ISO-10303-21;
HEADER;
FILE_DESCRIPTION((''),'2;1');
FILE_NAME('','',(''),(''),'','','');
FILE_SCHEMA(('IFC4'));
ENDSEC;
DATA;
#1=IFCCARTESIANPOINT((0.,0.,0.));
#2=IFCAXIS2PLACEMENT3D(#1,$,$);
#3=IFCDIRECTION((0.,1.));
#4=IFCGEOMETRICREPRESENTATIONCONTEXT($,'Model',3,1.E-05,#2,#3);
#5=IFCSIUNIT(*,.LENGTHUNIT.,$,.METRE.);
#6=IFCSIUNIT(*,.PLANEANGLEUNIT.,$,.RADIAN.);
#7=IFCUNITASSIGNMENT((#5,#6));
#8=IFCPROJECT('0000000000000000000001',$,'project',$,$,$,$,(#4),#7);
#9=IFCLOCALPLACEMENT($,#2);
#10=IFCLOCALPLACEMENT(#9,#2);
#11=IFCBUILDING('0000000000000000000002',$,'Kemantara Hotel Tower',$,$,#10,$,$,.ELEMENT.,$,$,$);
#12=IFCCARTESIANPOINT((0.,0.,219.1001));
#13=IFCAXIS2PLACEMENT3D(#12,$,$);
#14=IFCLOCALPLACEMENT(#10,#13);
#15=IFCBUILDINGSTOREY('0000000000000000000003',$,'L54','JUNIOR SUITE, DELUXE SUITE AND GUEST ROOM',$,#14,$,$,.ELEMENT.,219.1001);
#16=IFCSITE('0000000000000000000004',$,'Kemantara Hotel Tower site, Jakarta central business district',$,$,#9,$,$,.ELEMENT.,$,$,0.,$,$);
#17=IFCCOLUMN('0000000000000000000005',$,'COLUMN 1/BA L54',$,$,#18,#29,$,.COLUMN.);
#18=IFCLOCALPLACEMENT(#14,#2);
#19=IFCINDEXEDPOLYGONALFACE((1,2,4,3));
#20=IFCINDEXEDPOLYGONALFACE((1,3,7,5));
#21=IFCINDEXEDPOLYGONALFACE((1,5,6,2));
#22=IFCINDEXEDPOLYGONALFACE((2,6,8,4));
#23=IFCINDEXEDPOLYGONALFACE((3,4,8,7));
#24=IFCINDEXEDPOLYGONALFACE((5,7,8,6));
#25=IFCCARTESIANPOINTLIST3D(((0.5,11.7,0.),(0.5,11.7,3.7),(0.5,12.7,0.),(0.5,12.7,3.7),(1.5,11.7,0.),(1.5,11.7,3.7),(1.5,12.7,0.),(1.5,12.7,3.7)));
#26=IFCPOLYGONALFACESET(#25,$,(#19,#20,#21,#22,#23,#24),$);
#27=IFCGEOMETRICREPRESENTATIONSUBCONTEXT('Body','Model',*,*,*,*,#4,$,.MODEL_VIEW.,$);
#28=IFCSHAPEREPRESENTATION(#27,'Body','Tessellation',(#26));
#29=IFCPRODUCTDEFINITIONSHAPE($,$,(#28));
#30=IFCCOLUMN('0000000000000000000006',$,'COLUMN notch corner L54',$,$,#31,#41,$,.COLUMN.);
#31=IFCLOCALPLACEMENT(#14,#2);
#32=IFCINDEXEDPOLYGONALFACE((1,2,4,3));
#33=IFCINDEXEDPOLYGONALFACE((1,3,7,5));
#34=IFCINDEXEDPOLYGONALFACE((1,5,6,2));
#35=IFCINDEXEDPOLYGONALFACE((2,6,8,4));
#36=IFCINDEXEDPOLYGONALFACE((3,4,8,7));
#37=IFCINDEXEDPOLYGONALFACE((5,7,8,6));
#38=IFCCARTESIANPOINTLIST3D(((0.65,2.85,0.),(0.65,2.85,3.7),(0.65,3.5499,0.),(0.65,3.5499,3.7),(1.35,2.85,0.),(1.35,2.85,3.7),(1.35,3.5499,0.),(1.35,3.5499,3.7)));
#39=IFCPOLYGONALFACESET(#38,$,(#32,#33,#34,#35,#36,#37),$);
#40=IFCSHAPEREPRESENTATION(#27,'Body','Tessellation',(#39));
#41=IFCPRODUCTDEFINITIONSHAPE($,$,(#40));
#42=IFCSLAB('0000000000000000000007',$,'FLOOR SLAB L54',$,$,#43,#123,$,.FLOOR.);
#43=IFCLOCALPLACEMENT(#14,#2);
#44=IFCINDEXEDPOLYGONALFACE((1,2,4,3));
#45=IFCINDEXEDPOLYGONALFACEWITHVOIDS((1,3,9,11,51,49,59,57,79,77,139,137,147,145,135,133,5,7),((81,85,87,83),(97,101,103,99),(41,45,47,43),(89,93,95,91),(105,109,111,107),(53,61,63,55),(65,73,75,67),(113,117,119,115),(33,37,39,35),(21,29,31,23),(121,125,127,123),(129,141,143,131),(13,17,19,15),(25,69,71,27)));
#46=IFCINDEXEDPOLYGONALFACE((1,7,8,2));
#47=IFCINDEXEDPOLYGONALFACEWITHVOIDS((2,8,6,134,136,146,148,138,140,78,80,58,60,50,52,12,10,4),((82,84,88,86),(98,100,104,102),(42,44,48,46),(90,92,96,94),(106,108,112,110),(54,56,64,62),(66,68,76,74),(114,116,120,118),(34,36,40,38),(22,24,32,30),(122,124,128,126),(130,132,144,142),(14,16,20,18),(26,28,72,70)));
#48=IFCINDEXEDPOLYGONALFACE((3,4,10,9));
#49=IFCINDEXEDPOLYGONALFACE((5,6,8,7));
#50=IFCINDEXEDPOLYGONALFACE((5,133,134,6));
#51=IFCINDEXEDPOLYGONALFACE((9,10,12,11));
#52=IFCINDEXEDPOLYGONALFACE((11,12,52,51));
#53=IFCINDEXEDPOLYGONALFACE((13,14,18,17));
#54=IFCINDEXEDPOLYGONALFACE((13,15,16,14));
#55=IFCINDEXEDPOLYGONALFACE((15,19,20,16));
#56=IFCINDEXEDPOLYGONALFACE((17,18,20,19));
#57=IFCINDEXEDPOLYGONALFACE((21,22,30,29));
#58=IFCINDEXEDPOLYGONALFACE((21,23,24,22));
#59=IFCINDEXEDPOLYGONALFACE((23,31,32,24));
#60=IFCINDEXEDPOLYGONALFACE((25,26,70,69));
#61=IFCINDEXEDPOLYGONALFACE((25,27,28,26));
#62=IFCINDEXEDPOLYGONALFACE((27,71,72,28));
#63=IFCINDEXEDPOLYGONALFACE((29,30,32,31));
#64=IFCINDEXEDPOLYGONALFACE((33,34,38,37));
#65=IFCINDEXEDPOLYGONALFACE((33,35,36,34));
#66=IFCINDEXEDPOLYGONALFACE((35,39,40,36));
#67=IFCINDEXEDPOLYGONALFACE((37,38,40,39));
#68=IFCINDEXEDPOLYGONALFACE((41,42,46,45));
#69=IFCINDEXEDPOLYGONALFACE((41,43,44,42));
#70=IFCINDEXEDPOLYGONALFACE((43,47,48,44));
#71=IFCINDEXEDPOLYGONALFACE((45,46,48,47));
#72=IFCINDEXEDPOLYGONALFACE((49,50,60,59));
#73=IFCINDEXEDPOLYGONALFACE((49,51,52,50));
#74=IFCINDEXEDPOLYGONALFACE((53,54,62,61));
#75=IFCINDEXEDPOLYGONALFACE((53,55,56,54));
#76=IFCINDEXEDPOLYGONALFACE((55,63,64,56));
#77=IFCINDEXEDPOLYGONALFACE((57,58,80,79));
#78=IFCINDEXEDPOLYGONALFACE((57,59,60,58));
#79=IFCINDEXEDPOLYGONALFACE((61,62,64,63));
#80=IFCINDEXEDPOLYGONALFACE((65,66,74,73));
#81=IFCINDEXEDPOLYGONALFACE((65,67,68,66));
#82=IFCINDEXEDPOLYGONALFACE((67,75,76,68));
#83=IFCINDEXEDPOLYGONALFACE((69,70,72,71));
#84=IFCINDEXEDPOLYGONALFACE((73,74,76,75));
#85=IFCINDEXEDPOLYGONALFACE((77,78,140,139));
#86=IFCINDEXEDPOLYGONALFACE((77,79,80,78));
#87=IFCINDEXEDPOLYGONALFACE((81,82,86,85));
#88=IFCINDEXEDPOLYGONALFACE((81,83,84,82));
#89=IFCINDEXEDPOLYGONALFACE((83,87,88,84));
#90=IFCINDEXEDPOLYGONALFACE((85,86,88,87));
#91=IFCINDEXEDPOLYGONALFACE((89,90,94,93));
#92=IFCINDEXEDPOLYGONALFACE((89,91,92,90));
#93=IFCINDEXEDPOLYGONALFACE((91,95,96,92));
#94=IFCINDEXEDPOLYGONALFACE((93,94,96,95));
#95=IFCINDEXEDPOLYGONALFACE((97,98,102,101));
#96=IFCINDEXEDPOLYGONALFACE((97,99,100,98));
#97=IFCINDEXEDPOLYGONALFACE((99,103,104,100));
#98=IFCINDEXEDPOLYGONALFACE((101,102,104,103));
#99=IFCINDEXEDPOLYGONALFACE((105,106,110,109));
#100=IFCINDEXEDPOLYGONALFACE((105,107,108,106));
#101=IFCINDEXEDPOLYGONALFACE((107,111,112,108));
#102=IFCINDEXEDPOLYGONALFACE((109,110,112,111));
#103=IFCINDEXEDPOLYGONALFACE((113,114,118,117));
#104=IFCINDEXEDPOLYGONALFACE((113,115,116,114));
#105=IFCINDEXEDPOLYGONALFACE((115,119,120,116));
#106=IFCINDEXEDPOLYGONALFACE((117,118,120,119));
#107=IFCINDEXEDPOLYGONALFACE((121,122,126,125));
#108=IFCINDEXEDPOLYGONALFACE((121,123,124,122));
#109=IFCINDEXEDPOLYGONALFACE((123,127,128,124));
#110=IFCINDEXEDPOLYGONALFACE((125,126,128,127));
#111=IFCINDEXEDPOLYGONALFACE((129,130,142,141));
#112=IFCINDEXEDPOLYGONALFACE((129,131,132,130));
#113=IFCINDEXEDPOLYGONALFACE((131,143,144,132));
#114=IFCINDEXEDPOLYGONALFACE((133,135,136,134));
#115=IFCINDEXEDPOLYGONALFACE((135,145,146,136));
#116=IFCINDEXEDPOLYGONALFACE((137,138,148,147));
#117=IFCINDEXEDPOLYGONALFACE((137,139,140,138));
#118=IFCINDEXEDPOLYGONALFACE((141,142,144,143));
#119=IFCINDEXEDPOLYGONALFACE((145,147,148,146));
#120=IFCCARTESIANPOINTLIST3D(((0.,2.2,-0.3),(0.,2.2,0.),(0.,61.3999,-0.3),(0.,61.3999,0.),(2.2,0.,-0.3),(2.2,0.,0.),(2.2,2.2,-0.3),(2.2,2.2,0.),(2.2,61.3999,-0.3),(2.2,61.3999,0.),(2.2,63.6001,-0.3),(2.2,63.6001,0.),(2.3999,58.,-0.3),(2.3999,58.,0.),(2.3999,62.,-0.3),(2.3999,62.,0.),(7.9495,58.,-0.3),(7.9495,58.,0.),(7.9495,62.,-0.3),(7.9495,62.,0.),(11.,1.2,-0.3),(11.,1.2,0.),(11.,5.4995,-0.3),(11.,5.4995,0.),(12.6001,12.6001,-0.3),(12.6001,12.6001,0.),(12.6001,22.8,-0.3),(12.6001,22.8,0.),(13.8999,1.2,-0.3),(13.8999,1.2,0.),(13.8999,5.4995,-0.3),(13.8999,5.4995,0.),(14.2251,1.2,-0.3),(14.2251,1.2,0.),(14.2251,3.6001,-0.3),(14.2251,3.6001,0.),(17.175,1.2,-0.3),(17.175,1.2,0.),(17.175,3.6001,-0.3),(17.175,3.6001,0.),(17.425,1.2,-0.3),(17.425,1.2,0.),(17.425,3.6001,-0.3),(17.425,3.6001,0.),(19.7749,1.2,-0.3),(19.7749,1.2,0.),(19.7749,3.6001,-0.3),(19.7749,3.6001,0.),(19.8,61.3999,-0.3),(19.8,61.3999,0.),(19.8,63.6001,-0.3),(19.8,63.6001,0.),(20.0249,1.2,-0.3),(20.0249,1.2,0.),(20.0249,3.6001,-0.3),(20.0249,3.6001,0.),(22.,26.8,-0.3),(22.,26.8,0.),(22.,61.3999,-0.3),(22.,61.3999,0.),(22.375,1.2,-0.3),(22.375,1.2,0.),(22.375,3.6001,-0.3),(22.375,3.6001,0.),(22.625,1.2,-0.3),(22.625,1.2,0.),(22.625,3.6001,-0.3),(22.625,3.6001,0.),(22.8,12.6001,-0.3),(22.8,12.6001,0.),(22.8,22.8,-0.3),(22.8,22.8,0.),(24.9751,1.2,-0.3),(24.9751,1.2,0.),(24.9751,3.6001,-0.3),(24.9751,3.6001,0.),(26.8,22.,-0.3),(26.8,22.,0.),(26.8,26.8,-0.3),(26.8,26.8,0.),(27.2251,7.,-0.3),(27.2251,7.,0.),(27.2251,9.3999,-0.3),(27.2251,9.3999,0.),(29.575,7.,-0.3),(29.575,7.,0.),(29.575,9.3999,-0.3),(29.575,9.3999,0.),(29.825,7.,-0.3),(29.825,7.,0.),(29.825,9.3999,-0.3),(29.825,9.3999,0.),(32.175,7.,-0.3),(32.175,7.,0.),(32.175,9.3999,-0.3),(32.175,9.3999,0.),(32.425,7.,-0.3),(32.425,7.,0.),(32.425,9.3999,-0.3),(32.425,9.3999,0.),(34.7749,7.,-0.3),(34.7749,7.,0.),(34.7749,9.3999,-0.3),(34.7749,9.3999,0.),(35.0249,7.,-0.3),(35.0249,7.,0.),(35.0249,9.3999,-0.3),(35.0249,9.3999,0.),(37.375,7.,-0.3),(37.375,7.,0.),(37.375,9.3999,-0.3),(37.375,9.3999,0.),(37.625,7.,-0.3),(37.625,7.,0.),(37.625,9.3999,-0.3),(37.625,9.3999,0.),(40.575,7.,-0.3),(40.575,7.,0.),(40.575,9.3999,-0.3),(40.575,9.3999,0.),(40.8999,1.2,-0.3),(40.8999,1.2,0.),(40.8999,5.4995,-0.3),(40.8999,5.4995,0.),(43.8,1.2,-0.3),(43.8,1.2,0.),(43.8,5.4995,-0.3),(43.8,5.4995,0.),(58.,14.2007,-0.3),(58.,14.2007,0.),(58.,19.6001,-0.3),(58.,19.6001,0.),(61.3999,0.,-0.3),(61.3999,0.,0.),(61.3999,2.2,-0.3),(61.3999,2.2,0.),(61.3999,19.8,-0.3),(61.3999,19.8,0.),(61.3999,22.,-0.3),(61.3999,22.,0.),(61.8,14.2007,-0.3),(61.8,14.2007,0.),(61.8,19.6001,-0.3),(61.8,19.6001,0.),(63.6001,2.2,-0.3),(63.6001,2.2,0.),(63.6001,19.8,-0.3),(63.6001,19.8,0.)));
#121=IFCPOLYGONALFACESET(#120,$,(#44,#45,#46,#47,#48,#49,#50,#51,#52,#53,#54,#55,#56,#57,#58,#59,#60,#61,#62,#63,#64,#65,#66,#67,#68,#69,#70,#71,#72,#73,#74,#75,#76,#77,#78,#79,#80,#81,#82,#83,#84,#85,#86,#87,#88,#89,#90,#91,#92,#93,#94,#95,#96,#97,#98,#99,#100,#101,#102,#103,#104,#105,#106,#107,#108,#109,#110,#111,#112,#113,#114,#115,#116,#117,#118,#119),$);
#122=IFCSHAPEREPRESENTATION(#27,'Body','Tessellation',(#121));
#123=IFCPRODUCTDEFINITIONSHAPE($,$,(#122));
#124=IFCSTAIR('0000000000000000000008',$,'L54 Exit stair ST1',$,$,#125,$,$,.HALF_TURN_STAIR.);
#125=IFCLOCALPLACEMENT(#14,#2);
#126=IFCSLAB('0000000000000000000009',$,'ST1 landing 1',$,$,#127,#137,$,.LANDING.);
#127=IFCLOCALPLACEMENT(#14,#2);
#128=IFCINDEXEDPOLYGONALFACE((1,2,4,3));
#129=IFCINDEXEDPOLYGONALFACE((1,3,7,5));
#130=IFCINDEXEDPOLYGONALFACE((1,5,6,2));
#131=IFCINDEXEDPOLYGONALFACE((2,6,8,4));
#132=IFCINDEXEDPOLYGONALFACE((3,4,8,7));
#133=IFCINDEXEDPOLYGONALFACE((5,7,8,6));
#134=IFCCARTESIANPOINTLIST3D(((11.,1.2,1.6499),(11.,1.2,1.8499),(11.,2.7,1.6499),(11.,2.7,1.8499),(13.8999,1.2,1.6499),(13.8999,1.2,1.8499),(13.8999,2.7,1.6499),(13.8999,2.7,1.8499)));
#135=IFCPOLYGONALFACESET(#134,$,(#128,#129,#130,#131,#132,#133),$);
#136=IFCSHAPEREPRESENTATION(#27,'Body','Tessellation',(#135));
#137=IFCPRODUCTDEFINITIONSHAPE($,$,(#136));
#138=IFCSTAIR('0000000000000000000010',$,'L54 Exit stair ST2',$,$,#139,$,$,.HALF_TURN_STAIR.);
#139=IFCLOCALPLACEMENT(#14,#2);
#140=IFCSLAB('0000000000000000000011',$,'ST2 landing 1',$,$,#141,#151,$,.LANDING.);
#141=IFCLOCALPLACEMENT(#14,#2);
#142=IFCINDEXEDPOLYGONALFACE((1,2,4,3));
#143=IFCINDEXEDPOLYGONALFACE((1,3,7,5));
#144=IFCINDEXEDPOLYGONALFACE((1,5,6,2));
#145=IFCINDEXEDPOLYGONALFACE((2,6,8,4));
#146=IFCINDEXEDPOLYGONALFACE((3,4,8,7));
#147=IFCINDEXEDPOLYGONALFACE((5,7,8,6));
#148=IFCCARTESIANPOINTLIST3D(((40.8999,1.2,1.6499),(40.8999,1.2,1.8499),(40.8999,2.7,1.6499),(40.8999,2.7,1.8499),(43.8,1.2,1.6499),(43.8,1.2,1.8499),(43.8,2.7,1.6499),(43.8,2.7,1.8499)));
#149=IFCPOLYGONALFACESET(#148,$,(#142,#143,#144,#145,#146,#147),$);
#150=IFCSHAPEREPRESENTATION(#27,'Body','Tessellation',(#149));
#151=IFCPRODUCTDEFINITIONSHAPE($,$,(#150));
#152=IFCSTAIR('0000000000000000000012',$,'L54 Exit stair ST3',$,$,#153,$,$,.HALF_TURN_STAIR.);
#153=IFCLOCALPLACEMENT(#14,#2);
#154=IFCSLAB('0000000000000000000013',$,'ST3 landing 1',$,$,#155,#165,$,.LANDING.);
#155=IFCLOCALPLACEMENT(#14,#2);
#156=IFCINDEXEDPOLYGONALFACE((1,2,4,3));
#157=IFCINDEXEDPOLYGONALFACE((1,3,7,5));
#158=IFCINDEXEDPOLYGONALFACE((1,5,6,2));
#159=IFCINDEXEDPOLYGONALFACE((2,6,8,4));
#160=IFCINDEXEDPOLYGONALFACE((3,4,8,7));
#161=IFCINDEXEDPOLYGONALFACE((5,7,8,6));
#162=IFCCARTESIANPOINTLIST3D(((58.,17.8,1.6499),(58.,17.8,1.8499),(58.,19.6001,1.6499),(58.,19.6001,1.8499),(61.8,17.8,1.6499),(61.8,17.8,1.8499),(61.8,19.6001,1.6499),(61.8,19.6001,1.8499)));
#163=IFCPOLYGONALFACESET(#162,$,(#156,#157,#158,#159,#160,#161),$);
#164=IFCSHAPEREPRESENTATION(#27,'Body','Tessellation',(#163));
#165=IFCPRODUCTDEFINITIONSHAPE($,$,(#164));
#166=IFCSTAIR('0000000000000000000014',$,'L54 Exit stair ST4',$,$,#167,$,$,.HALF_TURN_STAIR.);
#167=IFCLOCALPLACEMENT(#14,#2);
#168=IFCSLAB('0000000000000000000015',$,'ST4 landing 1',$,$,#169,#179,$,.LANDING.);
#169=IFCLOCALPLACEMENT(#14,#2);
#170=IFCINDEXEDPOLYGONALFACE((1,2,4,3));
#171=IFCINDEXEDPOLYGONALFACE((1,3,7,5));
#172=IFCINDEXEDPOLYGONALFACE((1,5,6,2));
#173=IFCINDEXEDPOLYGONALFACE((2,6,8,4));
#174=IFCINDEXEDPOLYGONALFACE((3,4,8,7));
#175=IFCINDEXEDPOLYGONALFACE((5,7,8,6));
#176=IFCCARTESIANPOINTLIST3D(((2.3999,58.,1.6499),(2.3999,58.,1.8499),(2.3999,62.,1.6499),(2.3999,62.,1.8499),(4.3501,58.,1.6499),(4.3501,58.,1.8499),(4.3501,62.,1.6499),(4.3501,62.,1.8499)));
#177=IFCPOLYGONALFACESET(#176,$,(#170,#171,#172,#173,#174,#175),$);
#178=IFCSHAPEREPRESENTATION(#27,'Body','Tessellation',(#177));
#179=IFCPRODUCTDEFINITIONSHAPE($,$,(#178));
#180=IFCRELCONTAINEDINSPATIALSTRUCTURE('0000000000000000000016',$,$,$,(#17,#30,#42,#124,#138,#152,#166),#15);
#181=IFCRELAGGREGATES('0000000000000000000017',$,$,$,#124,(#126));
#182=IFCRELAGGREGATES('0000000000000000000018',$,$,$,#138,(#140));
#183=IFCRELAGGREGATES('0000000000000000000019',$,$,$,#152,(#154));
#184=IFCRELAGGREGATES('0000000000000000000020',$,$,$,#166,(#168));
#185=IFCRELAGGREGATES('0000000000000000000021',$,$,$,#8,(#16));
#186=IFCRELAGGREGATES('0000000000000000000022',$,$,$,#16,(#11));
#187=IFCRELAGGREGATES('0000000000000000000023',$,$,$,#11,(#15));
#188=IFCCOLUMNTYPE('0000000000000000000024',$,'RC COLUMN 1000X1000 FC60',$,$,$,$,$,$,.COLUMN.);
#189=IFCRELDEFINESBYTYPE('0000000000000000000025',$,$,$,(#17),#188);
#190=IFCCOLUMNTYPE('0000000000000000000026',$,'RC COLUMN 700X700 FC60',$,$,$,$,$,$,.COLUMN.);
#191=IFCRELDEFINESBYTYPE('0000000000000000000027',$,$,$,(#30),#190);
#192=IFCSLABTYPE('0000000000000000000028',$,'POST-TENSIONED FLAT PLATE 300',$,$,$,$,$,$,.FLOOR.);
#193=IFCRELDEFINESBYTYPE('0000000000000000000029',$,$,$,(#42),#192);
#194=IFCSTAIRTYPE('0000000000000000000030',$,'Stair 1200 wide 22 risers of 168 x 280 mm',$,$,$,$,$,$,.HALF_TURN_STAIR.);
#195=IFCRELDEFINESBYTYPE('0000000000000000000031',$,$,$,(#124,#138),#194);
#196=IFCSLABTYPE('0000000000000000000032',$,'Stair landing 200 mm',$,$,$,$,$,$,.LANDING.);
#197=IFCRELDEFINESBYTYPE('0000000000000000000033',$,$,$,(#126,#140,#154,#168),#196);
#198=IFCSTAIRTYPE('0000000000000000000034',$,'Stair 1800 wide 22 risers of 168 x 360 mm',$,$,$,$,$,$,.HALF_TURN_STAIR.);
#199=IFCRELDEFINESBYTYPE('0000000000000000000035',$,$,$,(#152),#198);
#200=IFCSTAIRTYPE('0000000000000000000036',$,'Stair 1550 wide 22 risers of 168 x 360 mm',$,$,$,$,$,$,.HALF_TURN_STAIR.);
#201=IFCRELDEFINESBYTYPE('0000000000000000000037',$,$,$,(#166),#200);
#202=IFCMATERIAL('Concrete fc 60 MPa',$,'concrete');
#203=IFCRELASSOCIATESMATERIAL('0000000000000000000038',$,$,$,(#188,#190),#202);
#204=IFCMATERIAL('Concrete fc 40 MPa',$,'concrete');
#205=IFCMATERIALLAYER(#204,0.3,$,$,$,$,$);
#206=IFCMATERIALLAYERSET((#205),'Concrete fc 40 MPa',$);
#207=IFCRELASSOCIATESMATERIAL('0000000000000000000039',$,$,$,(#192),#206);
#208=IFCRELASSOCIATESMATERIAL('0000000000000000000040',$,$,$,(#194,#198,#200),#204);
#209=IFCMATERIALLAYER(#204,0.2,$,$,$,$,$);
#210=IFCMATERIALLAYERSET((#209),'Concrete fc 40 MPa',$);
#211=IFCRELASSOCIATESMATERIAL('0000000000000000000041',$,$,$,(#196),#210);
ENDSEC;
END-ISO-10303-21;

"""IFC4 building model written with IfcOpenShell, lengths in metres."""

from ifc_helpers import new_model, si_unit, direction, frame, origin, origin_2d, place, context, subcontext, project, spatial, polyline, rectangle, outline, extrude, material, layer, layer_set, material_profile, profile_set, type_object, element, aggregate, save


model = new_model("IFC4")

# Units and contexts
model_context = context("Model", 3, precision=1e-05, world=origin(), true_north=direction((0.0, 1.0)))
body_context = subcontext(model_context, "Body", "Model", "MODEL_VIEW")
ifc_project = project(units=[si_unit("LENGTHUNIT", "METRE"), si_unit("PLANEANGLEUNIT", "RADIAN")], contexts=[model_context])

# Site, building, storey
site_placement = place(None, origin())
site = spatial("IfcSite", under=ifc_project, at=site_placement, Name="Kemantara Hotel Tower site, Jakarta central business district", CompositionType="ELEMENT", RefElevation=0.0)
building_placement = place(site_placement, origin())
building = spatial("IfcBuilding", under=site, at=building_placement, Name="Kemantara Hotel Tower", CompositionType="ELEMENT")
storey_placement = place(building_placement, frame((0.0, 0.0, 219.1001)))
storey = spatial("IfcBuildingStorey", under=building, at=storey_placement, Name="L54", Description="JUNIOR SUITE, DELUXE SUITE AND GUEST ROOM", CompositionType="ELEMENT", Elevation=219.1001)

# Columns
ifc_material_1 = material(Name="Concrete fc 60 MPa", Category="concrete")
ifc_material_profile_1 = material_profile(ifc_material_1, rectangle(XDim=1.0, YDim=1.0, at=origin_2d()), Name="RC 1000X1000")
ifc_profile_set_1 = profile_set([ifc_material_profile_1], Name="Concrete fc 60 MPa")
column_type_1 = type_object("IfcColumnType", Name="RC COLUMN 1000X1000 FC60", PredefinedType="COLUMN", material=ifc_profile_set_1)
column_1_placement = place(storey_placement, frame((1.0, 12.2, 0.0), z_axis=(0.0, 0.0, 1.0), x_axis=(1.0, 0.0, 0.0)))
element("IfcColumn", 1, at=column_1_placement, inside=storey, type_object=column_type_1, Name="COLUMN 1/BA L54", PredefinedType="COLUMN", context=body_context, shape_type="SweptSolid", body=[
    extrude(rectangle(XDim=1.0, YDim=1.0, at=origin_2d()), origin(), (0.0, 0.0, 1.0), 3.7),
])
ifc_material_profile_2 = material_profile(ifc_material_1, rectangle(XDim=0.7, YDim=0.7, at=origin_2d()), Name="RC 700X700")
ifc_profile_set_2 = profile_set([ifc_material_profile_2], Name="Concrete fc 60 MPa")
column_type_2 = type_object("IfcColumnType", Name="RC COLUMN 700X700 FC60", PredefinedType="COLUMN", material=ifc_profile_set_2)
column_2_placement = place(storey_placement, frame((1.0, 3.2, 0.0), z_axis=(0.0, 0.0, 1.0), x_axis=(1.0, 0.0, 0.0)))
element("IfcColumn", 2, at=column_2_placement, inside=storey, type_object=column_type_2, Name="COLUMN notch corner L54", PredefinedType="COLUMN", context=body_context, shape_type="SweptSolid", body=[
    extrude(rectangle(XDim=0.7, YDim=0.7, at=origin_2d()), origin(), (0.0, 0.0, 1.0), 3.7),
])

# Slab
ifc_material_2 = material(Name="Concrete fc 40 MPa", Category="concrete")
ifc_layer_1 = layer(ifc_material_2, 0.3)
ifc_layer_set_1 = layer_set([ifc_layer_1], Name="Concrete fc 40 MPa")
slab_type_1 = type_object("IfcSlabType", Name="POST-TENSIONED FLAT PLATE 300", PredefinedType="FLOOR", material=ifc_layer_set_1)
slab_1_placement = place(storey_placement, frame((0.0, 0.0, -0.3)))
element("IfcSlab", 3, at=slab_1_placement, inside=storey, type_object=slab_type_1, Name="FLOOR SLAB L54", PredefinedType="FLOOR", context=body_context, shape_type="SweptSolid", body=[
    extrude(outline(polyline([(22.0, 26.8), (22.0, 61.3999), (19.8, 61.3999), (19.8, 63.6001), (2.2, 63.6001), (2.2, 61.3999), (0.0, 61.3999), (0.0, 2.2), (2.2, 2.2), (2.2, 0.0), (61.3999, 0.0), (61.3999, 2.2), (63.6001, 2.2), (63.6001, 19.8), (61.3999, 19.8), (61.3999, 22.0), (26.8, 22.0), (26.8, 26.8), (22.0, 26.8)]), holes=[polyline([(17.175, 3.6001), (17.175, 1.2), (14.2251, 1.2), (14.2251, 3.6001), (17.175, 3.6001)]), polyline([(19.7749, 1.2), (17.425, 1.2), (17.425, 3.6001), (19.7749, 3.6001), (19.7749, 1.2)]), polyline([(22.375, 1.2), (20.0249, 1.2), (20.0249, 3.6001), (22.375, 3.6001), (22.375, 1.2)]), polyline([(24.9751, 1.2), (22.625, 1.2), (22.625, 3.6001), (24.9751, 3.6001), (24.9751, 1.2)]), polyline([(11.0, 1.2), (11.0, 5.4995), (13.8999, 5.4995), (13.8999, 1.2), (11.0, 1.2)]), polyline([(22.8, 12.6001), (12.6001, 12.6001), (12.6001, 22.8), (22.8, 22.8), (22.8, 12.6001)]), polyline([(2.3999, 62.0), (7.9495, 62.0), (7.9495, 58.0), (2.3999, 58.0), (2.3999, 62.0)]), polyline([(43.8, 1.2), (40.8999, 1.2), (40.8999, 5.4995), (43.8, 5.4995), (43.8, 1.2)]), polyline([(29.575, 7.0), (27.2251, 7.0), (27.2251, 9.3999), (29.575, 9.3999), (29.575, 7.0)]), polyline([(32.175, 7.0), (29.825, 7.0), (29.825, 9.3999), (32.175, 9.3999), (32.175, 7.0)]), polyline([(34.7749, 7.0), (32.425, 7.0), (32.425, 9.3999), (34.7749, 9.3999), (34.7749, 7.0)]), polyline([(37.375, 7.0), (35.0249, 7.0), (35.0249, 9.3999), (37.375, 9.3999), (37.375, 7.0)]), polyline([(40.575, 7.0), (37.625, 7.0), (37.625, 9.3999), (40.575, 9.3999), (40.575, 7.0)]), polyline([(61.8, 19.6001), (61.8, 14.2007), (58.0, 14.2007), (58.0, 19.6001), (61.8, 19.6001)])]), origin(), (0.0, 0.0, 1.0), 0.3),
])

# Stairs, slabs
stair_type_1 = type_object("IfcStairType", Name="Stair 1200 wide 22 risers of 168 x 280 mm", PredefinedType="HALF_TURN_STAIR", material=ifc_material_2)
stair_1_placement = place(storey_placement, origin())
stair_1 = element("IfcStair", 4, at=stair_1_placement, inside=storey, type_object=stair_type_1, Name="L54 Exit stair ST1", PredefinedType="HALF_TURN_STAIR")
ifc_layer_2 = layer(ifc_material_2, 0.2)
ifc_layer_set_2 = layer_set([ifc_layer_2], Name="Concrete fc 40 MPa")
slab_type_2 = type_object("IfcSlabType", Name="Stair landing 200 mm", PredefinedType="LANDING", material=ifc_layer_set_2)
slab_2_placement = place(storey_placement, frame((0.0, 0.0, 1.6499)))
slab_2 = element("IfcSlab", 5, at=slab_2_placement, type_object=slab_type_2, Name="ST1 landing 1", PredefinedType="LANDING", context=body_context, shape_type="SweptSolid", body=[
    extrude(outline(polyline([(11.0, 2.7), (11.0, 1.2), (13.8999, 1.2), (13.8999, 2.7), (11.0, 2.7)])), origin(), (0.0, 0.0, 1.0), 0.2),
])
aggregate(stair_1, [slab_2])
stair_2_placement = place(storey_placement, origin())
stair_2 = element("IfcStair", 6, at=stair_2_placement, inside=storey, type_object=stair_type_1, Name="L54 Exit stair ST2", PredefinedType="HALF_TURN_STAIR")
slab_3_placement = place(storey_placement, frame((0.0, 0.0, 1.6499)))
slab_3 = element("IfcSlab", 7, at=slab_3_placement, type_object=slab_type_2, Name="ST2 landing 1", PredefinedType="LANDING", context=body_context, shape_type="SweptSolid", body=[
    extrude(outline(polyline([(40.8999, 2.7), (40.8999, 1.2), (43.8, 1.2), (43.8, 2.7), (40.8999, 2.7)])), origin(), (0.0, 0.0, 1.0), 0.2),
])
aggregate(stair_2, [slab_3])
stair_type_2 = type_object("IfcStairType", Name="Stair 1800 wide 22 risers of 168 x 360 mm", PredefinedType="HALF_TURN_STAIR", material=ifc_material_2)
stair_3_placement = place(storey_placement, origin())
stair_3 = element("IfcStair", 8, at=stair_3_placement, inside=storey, type_object=stair_type_2, Name="L54 Exit stair ST3", PredefinedType="HALF_TURN_STAIR")
slab_4_placement = place(storey_placement, frame((0.0, 0.0, 1.6499)))
slab_4 = element("IfcSlab", 9, at=slab_4_placement, type_object=slab_type_2, Name="ST3 landing 1", PredefinedType="LANDING", context=body_context, shape_type="SweptSolid", body=[
    extrude(outline(polyline([(61.8, 17.8), (61.8, 19.6001), (58.0, 19.6001), (58.0, 17.8), (61.8, 17.8)])), origin(), (0.0, 0.0, 1.0), 0.2),
])
aggregate(stair_3, [slab_4])
stair_type_3 = type_object("IfcStairType", Name="Stair 1550 wide 22 risers of 168 x 360 mm", PredefinedType="HALF_TURN_STAIR", material=ifc_material_2)
stair_4_placement = place(storey_placement, origin())
stair_4 = element("IfcStair", 10, at=stair_4_placement, inside=storey, type_object=stair_type_3, Name="L54 Exit stair ST4", PredefinedType="HALF_TURN_STAIR")
slab_5_placement = place(storey_placement, frame((0.0, 0.0, 1.6499)))
slab_5 = element("IfcSlab", 11, at=slab_5_placement, type_object=slab_type_2, Name="ST4 landing 1", PredefinedType="LANDING", context=body_context, shape_type="SweptSolid", body=[
    extrude(outline(polyline([(4.3501, 62.0), (2.3999, 62.0), (2.3999, 58.0), (4.3501, 58.0), (4.3501, 62.0)])), origin(), (0.0, 0.0, 1.0), 0.2),
])
aggregate(stair_4, [slab_5])

save(model, "model.ifc")
